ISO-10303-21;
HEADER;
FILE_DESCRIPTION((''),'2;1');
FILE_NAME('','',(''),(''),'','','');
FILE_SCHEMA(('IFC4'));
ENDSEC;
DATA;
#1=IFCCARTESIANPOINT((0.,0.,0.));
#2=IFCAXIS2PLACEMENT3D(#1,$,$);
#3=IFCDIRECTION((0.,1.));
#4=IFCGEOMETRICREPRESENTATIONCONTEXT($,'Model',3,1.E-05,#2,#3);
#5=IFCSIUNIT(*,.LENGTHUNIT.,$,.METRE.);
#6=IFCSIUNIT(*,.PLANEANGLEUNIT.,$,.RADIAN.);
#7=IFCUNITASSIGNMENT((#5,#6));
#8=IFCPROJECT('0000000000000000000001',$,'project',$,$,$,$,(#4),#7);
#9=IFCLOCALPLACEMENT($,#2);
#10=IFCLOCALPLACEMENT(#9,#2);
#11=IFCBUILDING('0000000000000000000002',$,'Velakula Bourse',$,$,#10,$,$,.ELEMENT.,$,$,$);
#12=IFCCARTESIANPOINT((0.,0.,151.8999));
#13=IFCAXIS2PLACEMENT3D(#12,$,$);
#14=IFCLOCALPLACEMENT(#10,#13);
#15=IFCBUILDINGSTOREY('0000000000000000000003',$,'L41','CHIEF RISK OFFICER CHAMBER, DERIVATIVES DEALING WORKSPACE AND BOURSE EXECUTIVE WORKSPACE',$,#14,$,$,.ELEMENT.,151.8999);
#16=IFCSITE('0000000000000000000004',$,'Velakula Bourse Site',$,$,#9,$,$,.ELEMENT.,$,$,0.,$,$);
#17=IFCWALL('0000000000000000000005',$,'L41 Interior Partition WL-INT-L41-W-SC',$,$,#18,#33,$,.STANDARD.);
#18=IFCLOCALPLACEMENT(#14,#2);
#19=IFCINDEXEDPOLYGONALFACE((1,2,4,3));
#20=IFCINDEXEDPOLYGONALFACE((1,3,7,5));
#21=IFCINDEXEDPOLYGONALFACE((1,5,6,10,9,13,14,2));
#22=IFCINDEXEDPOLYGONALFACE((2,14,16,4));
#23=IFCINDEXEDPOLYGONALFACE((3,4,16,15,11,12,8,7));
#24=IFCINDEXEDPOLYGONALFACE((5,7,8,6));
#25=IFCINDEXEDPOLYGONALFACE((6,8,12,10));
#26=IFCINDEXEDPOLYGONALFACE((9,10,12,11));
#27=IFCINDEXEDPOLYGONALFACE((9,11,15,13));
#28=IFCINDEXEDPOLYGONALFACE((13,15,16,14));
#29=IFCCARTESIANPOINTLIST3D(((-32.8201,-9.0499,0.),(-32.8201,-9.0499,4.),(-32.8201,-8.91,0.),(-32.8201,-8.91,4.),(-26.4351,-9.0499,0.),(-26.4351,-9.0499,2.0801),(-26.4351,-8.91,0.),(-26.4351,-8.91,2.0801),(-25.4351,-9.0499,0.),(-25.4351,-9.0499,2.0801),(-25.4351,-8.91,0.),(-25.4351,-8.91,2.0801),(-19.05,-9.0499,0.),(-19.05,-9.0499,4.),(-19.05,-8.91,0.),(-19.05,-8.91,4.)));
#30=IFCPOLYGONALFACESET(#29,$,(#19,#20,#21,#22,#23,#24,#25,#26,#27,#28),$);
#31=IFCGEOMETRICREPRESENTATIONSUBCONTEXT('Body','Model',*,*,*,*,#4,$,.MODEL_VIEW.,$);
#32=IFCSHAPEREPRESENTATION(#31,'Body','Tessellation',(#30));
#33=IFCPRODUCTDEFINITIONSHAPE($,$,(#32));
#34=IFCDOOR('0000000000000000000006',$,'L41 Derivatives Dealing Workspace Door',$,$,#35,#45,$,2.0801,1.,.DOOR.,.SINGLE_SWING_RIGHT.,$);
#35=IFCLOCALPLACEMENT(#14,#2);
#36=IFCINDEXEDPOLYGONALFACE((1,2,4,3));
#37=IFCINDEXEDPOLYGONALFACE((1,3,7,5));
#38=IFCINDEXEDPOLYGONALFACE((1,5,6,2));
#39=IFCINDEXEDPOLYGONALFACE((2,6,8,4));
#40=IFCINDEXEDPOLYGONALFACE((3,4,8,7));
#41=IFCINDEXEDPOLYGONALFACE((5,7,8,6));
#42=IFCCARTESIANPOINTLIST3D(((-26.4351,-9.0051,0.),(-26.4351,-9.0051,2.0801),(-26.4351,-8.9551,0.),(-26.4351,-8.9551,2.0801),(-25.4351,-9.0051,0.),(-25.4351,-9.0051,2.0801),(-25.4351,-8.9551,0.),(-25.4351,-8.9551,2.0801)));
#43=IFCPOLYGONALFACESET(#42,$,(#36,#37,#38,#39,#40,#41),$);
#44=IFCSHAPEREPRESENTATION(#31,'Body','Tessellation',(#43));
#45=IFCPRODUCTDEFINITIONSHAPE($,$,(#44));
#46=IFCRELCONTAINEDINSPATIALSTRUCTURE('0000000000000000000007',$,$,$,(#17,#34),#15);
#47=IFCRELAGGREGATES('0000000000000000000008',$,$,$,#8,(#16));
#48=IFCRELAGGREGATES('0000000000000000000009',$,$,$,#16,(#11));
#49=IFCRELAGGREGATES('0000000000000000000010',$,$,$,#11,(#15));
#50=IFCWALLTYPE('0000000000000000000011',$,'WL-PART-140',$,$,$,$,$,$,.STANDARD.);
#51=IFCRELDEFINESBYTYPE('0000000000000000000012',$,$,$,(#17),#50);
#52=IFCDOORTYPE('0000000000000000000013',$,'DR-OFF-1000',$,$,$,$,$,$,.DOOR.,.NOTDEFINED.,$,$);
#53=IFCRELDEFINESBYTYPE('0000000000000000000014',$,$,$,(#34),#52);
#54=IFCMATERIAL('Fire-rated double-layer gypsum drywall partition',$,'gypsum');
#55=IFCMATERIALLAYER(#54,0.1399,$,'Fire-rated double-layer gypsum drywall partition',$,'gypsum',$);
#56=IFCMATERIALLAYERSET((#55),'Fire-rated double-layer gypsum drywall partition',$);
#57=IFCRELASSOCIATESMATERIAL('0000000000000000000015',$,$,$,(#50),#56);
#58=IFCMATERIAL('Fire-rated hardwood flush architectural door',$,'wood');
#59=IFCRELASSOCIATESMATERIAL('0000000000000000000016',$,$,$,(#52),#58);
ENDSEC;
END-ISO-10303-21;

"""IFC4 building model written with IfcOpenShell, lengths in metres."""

from ifc_helpers import new_model, si_unit, direction, frame, frame_2d, origin, place, context, subcontext, project, spatial, rectangle, extrude, material, layer, layer_set, type_object, element, fill, save


model = new_model("IFC4")

# Units and contexts
model_context = context("Model", 3, precision=1e-05, world=origin(), true_north=direction((0.0, 1.0)))
body_context = subcontext(model_context, "Body", "Model", "MODEL_VIEW")
ifc_project = project(units=[si_unit("LENGTHUNIT", "METRE"), si_unit("PLANEANGLEUNIT", "RADIAN")], contexts=[model_context])

# Site, building, storey
site_placement = place(None, origin())
site = spatial("IfcSite", under=ifc_project, at=site_placement, Name="Velakula Bourse Site", CompositionType="ELEMENT", RefElevation=0.0)
building_placement = place(site_placement, origin())
building = spatial("IfcBuilding", under=site, at=building_placement, Name="Velakula Bourse", CompositionType="ELEMENT")
storey_placement = place(building_placement, frame((0.0, 0.0, 151.8999)))
storey = spatial("IfcBuildingStorey", under=building, at=storey_placement, Name="L41", Description="CHIEF RISK OFFICER CHAMBER, DERIVATIVES DEALING WORKSPACE AND BOURSE EXECUTIVE WORKSPACE", CompositionType="ELEMENT", Elevation=151.8999)

# Shared definitions
ifc_material_1 = material(Name="Fire-rated double-layer gypsum drywall partition", Category="gypsum")
ifc_layer = layer(ifc_material_1, 0.1399, Name="Fire-rated double-layer gypsum drywall partition", Category="gypsum")
ifc_layer_set = layer_set([ifc_layer], Name="Fire-rated double-layer gypsum drywall partition")
wall_type = type_object("IfcWallType", Name="WL-PART-140", PredefinedType="STANDARD", material=ifc_layer_set)
ifc_material_2 = material(Name="Fire-rated hardwood flush architectural door", Category="wood")
door_type_1 = type_object("IfcDoorType", Name="DR-OFF-1000", OperationType="NOTDEFINED", PredefinedType="DOOR", material=ifc_material_2)

# Wall, opening, door
wall_1_placement = place(storey_placement, frame((-32.8201, -8.98, 0.0), z_axis=(0.0, 0.0, 1.0), x_axis=(1.0, 0.0, 0.0)))
wall_1 = element("IfcWall", 1, at=wall_1_placement, inside=storey, type_object=wall_type, Name="L41 Interior Partition WL-INT-L41-W-SC", PredefinedType="STANDARD", context=body_context, shape_type="SweptSolid", body=[
    extrude(rectangle(XDim=13.77, YDim=0.1399, at=frame_2d((6.885, 0.0))), origin(), (0.0, 0.0, 1.0), 4.0),
])
opening_1_placement = place(wall_1_placement, frame((6.385, 0.0, 0.0)))
opening_1 = element("IfcOpeningElement", 2, at=opening_1_placement, cuts=wall_1, PredefinedType="OPENING", context=body_context, shape_type="SweptSolid", body=[
    extrude(rectangle(XDim=1.0, YDim=2.0801, at=frame_2d((0.5, 1.04))), frame((0.0, 0.0798, 0.0), z_axis=(0.0, -1.0, 0.0), x_axis=(1.0, 0.0, 0.0)), (0.0, 0.0, 1.0), 0.1599),
])
door_1_placement = place(opening_1_placement, origin())
door_1 = element("IfcDoor", 3, at=door_1_placement, inside=storey, type_object=door_type_1, Name="L41 Derivatives Dealing Workspace Door", OperationType="SINGLE_SWING_RIGHT", OverallHeight=2.0801, OverallWidth=1.0, PredefinedType="DOOR", context=body_context, shape_type="SweptSolid", body=[
    extrude(rectangle(XDim=1.0, YDim=2.0801, at=frame_2d((0.5, 1.04))), frame((0.0, 0.0249, 0.0), z_axis=(0.0, -1.0, 0.0), x_axis=(1.0, 0.0, 0.0)), (0.0, 0.0, 1.0), 0.05),
])
fill(opening_1, door_1)

save(model, "model.ifc")
